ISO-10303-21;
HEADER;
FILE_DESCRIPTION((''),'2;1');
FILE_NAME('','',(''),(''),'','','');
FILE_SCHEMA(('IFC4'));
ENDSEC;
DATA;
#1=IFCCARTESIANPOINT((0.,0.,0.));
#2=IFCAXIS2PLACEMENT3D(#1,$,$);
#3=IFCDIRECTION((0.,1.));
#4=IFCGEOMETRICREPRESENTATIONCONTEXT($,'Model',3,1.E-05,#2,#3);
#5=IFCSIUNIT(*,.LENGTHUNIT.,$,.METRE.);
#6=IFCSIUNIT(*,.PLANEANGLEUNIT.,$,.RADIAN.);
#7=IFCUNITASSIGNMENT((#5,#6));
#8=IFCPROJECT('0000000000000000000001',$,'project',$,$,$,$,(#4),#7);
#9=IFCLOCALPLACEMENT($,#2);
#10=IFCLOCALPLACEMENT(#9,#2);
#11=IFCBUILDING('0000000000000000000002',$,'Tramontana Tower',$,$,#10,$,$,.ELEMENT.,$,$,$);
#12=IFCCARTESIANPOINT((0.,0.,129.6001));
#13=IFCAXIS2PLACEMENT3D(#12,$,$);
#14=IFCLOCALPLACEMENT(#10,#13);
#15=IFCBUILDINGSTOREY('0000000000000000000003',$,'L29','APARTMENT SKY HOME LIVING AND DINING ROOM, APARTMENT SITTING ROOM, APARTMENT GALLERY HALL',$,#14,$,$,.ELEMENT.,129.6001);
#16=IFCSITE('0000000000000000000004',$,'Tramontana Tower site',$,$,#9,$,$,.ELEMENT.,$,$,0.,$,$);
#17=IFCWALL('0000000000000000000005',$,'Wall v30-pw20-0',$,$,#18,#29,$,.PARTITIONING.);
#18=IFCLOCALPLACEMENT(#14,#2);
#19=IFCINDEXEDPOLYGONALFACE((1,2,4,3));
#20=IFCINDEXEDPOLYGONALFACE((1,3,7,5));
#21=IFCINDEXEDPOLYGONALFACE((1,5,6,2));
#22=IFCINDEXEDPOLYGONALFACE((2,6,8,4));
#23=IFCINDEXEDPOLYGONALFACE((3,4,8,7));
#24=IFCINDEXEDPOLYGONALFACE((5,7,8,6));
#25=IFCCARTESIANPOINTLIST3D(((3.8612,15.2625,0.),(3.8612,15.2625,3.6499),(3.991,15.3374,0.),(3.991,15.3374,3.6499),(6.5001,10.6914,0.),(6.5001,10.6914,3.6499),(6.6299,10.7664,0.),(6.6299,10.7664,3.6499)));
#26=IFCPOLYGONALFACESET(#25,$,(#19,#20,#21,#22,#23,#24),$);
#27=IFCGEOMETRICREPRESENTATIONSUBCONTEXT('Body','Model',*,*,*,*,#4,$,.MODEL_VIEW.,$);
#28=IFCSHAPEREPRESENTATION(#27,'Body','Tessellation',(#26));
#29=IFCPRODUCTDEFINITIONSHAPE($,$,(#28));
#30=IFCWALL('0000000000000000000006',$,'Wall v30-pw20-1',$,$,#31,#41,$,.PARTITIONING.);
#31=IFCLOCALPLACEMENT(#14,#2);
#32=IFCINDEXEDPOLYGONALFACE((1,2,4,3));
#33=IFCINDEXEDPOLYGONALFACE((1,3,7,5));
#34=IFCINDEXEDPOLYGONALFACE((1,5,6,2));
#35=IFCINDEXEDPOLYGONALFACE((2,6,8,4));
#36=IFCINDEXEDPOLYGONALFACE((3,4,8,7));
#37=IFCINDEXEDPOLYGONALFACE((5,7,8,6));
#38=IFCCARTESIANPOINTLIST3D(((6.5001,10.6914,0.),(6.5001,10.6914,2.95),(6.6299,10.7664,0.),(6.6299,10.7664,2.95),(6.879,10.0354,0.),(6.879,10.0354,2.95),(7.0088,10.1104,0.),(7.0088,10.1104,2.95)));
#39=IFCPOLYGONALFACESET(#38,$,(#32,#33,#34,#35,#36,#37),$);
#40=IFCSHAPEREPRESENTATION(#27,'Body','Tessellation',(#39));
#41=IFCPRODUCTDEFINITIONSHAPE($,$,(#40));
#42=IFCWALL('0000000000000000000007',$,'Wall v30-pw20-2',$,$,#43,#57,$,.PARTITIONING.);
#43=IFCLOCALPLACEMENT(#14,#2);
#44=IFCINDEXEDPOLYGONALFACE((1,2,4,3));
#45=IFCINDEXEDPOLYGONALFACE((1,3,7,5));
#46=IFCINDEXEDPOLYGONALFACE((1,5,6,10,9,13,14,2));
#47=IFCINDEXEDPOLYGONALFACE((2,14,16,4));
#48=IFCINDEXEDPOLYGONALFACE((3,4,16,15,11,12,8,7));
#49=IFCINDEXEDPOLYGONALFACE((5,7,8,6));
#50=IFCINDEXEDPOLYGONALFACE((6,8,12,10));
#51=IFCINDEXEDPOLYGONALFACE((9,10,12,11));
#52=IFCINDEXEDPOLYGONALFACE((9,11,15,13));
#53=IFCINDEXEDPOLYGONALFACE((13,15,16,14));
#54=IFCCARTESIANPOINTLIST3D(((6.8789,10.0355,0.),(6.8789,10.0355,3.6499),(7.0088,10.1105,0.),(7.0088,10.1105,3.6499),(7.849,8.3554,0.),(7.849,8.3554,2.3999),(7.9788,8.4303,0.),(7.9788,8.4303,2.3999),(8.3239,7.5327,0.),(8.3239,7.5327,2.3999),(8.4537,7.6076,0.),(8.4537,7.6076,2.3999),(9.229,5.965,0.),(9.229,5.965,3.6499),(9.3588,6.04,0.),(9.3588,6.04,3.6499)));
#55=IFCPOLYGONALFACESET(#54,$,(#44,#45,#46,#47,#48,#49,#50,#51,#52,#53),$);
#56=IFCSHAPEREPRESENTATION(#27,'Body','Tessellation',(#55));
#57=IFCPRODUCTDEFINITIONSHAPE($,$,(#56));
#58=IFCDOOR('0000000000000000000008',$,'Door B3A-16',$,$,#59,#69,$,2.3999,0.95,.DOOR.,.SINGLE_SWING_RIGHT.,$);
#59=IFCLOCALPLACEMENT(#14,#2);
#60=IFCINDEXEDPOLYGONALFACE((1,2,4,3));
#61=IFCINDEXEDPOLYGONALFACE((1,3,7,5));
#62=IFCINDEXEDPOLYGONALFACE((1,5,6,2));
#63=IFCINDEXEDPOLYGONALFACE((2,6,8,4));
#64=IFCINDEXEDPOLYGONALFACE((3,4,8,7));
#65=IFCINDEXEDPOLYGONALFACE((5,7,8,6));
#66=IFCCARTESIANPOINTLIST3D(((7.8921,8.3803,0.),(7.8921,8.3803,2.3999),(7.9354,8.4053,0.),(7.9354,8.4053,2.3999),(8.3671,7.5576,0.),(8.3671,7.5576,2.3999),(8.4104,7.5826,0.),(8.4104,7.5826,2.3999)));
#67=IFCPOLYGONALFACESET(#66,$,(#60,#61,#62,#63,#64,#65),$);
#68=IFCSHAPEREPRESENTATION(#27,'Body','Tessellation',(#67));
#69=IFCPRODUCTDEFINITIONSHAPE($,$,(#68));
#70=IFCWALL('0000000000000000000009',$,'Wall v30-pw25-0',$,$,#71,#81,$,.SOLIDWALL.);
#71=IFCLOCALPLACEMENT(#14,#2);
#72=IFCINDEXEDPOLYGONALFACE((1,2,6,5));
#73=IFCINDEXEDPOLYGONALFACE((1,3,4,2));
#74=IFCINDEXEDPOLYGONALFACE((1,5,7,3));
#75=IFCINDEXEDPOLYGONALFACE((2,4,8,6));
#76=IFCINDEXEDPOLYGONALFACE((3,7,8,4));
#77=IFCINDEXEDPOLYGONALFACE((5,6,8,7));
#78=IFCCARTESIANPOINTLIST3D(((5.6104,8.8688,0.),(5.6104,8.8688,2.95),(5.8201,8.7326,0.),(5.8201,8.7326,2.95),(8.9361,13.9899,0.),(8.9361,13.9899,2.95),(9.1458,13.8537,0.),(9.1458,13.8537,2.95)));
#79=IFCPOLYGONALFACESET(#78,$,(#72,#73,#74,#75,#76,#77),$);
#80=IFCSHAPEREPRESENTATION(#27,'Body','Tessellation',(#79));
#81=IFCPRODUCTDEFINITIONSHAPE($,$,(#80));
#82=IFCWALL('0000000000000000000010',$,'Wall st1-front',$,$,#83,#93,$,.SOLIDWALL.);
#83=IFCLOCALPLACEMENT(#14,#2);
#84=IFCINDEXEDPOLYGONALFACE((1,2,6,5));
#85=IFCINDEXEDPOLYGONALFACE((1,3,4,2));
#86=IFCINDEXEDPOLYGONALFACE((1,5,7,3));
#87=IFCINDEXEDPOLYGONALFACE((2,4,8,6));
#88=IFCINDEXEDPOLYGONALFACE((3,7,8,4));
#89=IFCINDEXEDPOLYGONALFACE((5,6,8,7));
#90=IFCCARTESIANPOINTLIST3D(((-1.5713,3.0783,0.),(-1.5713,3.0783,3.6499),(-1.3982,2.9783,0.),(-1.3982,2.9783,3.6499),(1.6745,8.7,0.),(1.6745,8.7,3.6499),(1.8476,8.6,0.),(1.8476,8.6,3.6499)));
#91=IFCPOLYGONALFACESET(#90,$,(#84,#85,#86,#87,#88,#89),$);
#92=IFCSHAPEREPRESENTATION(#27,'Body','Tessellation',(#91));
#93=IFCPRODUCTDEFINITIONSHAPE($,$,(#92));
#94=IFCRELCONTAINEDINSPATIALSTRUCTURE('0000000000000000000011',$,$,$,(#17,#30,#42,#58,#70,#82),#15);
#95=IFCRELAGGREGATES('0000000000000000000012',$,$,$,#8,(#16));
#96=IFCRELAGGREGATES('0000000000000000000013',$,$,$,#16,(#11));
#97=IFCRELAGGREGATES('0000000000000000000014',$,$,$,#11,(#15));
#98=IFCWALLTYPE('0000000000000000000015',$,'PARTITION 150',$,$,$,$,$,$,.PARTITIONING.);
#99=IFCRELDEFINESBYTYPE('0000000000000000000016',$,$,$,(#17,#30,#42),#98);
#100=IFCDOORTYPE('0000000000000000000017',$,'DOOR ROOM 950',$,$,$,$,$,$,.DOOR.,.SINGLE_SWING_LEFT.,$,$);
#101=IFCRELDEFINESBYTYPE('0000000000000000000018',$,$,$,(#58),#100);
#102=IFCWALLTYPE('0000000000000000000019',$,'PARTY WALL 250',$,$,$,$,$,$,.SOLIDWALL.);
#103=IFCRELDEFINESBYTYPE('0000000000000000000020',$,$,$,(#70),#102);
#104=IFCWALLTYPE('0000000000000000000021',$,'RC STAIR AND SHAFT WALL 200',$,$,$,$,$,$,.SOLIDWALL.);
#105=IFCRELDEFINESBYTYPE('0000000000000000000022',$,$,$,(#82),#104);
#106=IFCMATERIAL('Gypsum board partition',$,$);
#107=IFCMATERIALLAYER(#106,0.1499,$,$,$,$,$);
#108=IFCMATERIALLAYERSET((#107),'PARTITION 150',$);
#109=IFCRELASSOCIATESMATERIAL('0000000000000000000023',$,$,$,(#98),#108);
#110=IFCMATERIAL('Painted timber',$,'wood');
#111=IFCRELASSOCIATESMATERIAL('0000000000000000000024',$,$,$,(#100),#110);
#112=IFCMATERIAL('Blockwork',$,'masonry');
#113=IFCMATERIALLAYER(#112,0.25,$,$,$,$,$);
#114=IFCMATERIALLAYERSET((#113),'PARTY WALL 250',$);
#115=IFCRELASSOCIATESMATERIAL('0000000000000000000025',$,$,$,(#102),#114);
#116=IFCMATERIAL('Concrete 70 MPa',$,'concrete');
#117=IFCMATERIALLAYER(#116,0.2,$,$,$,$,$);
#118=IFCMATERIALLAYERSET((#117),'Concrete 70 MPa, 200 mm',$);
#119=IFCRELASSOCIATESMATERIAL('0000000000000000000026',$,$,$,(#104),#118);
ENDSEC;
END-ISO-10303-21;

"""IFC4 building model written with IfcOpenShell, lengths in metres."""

from ifc_helpers import new_model, si_unit, direction, frame, frame_2d, origin, place, context, subcontext, project, spatial, rectangle, extrude, material, layer, layer_set, type_object, element, fill, save


model = new_model("IFC4")

# Units and contexts
model_context = context("Model", 3, precision=1e-05, world=origin(), true_north=direction((0.0, 1.0)))
body_context = subcontext(model_context, "Body", "Model", "MODEL_VIEW")
ifc_project = project(units=[si_unit("LENGTHUNIT", "METRE"), si_unit("PLANEANGLEUNIT", "RADIAN")], contexts=[model_context])

# Site, building, storey
site_placement = place(None, origin())
site = spatial("IfcSite", under=ifc_project, at=site_placement, Name="Tramontana Tower site", CompositionType="ELEMENT", RefElevation=0.0)
building_placement = place(site_placement, origin())
building = spatial("IfcBuilding", under=site, at=building_placement, Name="Tramontana Tower", CompositionType="ELEMENT")
storey_placement = place(building_placement, frame((0.0, 0.0, 129.6001)))
storey = spatial("IfcBuildingStorey", under=building, at=storey_placement, Name="L29", Description="APARTMENT SKY HOME LIVING AND DINING ROOM, APARTMENT SITTING ROOM, APARTMENT GALLERY HALL", CompositionType="ELEMENT", Elevation=129.6001)

# Walls
ifc_material_1 = material(Name="Gypsum board partition")
ifc_layer_1 = layer(ifc_material_1, 0.1499)
ifc_layer_set_1 = layer_set([ifc_layer_1], Name="PARTITION 150")
wall_type_1 = type_object("IfcWallType", Name="PARTITION 150", PredefinedType="PARTITIONING", material=ifc_layer_set_1)
wall_1_placement = place(storey_placement, frame((3.926, 15.3, 0.0), z_axis=(0.0, 0.0, 1.0), x_axis=(0.499975, -0.86604, 0.0)))
element("IfcWall", 1, at=wall_1_placement, inside=storey, type_object=wall_type_1, Name="Wall v30-pw20-0", PredefinedType="PARTITIONING", context=body_context, shape_type="SweptSolid", body=[
    extrude(rectangle(XDim=5.2781, YDim=0.1499, at=frame_2d((2.6392, 0.0))), origin(), (0.0, 0.0, 1.0), 3.6499),
])
wall_2_placement = place(storey_placement, frame((6.5649, 10.729, 0.0), z_axis=(0.0, 0.0, 1.0), x_axis=(0.500159, -0.865933, 0.0)))
element("IfcWall", 2, at=wall_2_placement, inside=storey, type_object=wall_type_1, Name="Wall v30-pw20-1", PredefinedType="PARTITIONING", context=body_context, shape_type="SweptSolid", body=[
    extrude(rectangle(XDim=0.7576, YDim=0.1499, at=frame_2d((0.3789, 0.0))), origin(), (0.0, 0.0, 1.0), 2.95),
])

# Wall, opening, door
wall_3_placement = place(storey_placement, frame((6.9438, 10.073, 0.0), z_axis=(0.0, 0.0, 1.0), x_axis=(0.499994, -0.866029, 0.0)))
wall_3 = element("IfcWall", 3, at=wall_3_placement, inside=storey, type_object=wall_type_1, Name="Wall v30-pw20-2", PredefinedType="PARTITIONING", context=body_context, shape_type="SweptSolid", body=[
    extrude(rectangle(XDim=4.7002, YDim=0.1499, at=frame_2d((2.3501, 0.0))), origin(), (0.0, 0.0, 1.0), 3.6499),
])
opening_1_placement = place(wall_3_placement, frame((1.9399, 0.0, 0.0)))
opening_1 = element("IfcOpeningElement", 4, at=opening_1_placement, cuts=wall_3, PredefinedType="OPENING", context=body_context, shape_type="SweptSolid", body=[
    extrude(rectangle(XDim=0.95, YDim=2.3999, at=frame_2d((0.4751, 1.2))), frame((0.0, 0.085, 0.0), z_axis=(0.0, -1.0, 0.0), x_axis=(1.0, 0.0, 0.0)), (0.0, 0.0, 1.0), 0.1699),
])
ifc_material_2 = material(Name="Painted timber", Category="wood")
door_type_1 = type_object("IfcDoorType", Name="DOOR ROOM 950", OperationType="SINGLE_SWING_LEFT", PredefinedType="DOOR", material=ifc_material_2)
door_1_placement = place(opening_1_placement, origin())
door_1 = element("IfcDoor", 5, at=door_1_placement, inside=storey, type_object=door_type_1, Name="Door B3A-16", OperationType="SINGLE_SWING_RIGHT", OverallHeight=2.3999, OverallWidth=0.95, PredefinedType="DOOR", context=body_context, shape_type="SweptSolid", body=[
    extrude(rectangle(XDim=0.95, YDim=2.3999, at=frame_2d((0.4751, 1.2))), frame((0.0, 0.0249, 0.0), z_axis=(0.0, -1.0, 0.0), x_axis=(1.0, 0.0, 0.0)), (0.0, 0.0, 1.0), 0.05),
])
fill(opening_1, door_1)

# Walls
ifc_material_3 = material(Name="Blockwork", Category="masonry")
ifc_layer_2 = layer(ifc_material_3, 0.25)
ifc_layer_set_2 = layer_set([ifc_layer_2], Name="PARTY WALL 250")
wall_type_2 = type_object("IfcWallType", Name="PARTY WALL 250", PredefinedType="SOLIDWALL", material=ifc_layer_set_2)
wall_4_placement = place(storey_placement, frame((9.041, 13.9219, 0.0), z_axis=(0.0, 0.0, 1.0), x_axis=(-0.54464, -0.83867, 0.0)))
element("IfcWall", 6, at=wall_4_placement, inside=storey, type_object=wall_type_2, Name="Wall v30-pw25-0", PredefinedType="SOLIDWALL", context=body_context, shape_type="SweptSolid", body=[
    extrude(rectangle(XDim=6.1062, YDim=0.25, at=frame_2d((3.0532, 0.0))), origin(), (0.0, 0.0, 1.0), 2.95),
])
ifc_material_4 = material(Name="Concrete 70 MPa", Category="concrete")
ifc_layer_3 = layer(ifc_material_4, 0.2)
ifc_layer_set_3 = layer_set([ifc_layer_3], Name="Concrete 70 MPa, 200 mm")
wall_type_3 = type_object("IfcWallType", Name="RC STAIR AND SHAFT WALL 200", PredefinedType="SOLIDWALL", material=ifc_layer_set_3)
wall_5_placement = place(storey_placement, frame((1.761, 8.6499, 0.0), z_axis=(0.0, 0.0, 1.0), x_axis=(-0.50001, -0.86602, 0.0)))
element("IfcWall", 7, at=wall_5_placement, inside=storey, type_object=wall_type_3, Name="Wall st1-front", PredefinedType="SOLIDWALL", context=body_context, shape_type="SweptSolid", body=[
    extrude(rectangle(XDim=6.4915, YDim=0.2, at=frame_2d((3.2456, 0.0))), origin(), (0.0, 0.0, 1.0), 3.6499),
])

save(model, "model.ifc")
